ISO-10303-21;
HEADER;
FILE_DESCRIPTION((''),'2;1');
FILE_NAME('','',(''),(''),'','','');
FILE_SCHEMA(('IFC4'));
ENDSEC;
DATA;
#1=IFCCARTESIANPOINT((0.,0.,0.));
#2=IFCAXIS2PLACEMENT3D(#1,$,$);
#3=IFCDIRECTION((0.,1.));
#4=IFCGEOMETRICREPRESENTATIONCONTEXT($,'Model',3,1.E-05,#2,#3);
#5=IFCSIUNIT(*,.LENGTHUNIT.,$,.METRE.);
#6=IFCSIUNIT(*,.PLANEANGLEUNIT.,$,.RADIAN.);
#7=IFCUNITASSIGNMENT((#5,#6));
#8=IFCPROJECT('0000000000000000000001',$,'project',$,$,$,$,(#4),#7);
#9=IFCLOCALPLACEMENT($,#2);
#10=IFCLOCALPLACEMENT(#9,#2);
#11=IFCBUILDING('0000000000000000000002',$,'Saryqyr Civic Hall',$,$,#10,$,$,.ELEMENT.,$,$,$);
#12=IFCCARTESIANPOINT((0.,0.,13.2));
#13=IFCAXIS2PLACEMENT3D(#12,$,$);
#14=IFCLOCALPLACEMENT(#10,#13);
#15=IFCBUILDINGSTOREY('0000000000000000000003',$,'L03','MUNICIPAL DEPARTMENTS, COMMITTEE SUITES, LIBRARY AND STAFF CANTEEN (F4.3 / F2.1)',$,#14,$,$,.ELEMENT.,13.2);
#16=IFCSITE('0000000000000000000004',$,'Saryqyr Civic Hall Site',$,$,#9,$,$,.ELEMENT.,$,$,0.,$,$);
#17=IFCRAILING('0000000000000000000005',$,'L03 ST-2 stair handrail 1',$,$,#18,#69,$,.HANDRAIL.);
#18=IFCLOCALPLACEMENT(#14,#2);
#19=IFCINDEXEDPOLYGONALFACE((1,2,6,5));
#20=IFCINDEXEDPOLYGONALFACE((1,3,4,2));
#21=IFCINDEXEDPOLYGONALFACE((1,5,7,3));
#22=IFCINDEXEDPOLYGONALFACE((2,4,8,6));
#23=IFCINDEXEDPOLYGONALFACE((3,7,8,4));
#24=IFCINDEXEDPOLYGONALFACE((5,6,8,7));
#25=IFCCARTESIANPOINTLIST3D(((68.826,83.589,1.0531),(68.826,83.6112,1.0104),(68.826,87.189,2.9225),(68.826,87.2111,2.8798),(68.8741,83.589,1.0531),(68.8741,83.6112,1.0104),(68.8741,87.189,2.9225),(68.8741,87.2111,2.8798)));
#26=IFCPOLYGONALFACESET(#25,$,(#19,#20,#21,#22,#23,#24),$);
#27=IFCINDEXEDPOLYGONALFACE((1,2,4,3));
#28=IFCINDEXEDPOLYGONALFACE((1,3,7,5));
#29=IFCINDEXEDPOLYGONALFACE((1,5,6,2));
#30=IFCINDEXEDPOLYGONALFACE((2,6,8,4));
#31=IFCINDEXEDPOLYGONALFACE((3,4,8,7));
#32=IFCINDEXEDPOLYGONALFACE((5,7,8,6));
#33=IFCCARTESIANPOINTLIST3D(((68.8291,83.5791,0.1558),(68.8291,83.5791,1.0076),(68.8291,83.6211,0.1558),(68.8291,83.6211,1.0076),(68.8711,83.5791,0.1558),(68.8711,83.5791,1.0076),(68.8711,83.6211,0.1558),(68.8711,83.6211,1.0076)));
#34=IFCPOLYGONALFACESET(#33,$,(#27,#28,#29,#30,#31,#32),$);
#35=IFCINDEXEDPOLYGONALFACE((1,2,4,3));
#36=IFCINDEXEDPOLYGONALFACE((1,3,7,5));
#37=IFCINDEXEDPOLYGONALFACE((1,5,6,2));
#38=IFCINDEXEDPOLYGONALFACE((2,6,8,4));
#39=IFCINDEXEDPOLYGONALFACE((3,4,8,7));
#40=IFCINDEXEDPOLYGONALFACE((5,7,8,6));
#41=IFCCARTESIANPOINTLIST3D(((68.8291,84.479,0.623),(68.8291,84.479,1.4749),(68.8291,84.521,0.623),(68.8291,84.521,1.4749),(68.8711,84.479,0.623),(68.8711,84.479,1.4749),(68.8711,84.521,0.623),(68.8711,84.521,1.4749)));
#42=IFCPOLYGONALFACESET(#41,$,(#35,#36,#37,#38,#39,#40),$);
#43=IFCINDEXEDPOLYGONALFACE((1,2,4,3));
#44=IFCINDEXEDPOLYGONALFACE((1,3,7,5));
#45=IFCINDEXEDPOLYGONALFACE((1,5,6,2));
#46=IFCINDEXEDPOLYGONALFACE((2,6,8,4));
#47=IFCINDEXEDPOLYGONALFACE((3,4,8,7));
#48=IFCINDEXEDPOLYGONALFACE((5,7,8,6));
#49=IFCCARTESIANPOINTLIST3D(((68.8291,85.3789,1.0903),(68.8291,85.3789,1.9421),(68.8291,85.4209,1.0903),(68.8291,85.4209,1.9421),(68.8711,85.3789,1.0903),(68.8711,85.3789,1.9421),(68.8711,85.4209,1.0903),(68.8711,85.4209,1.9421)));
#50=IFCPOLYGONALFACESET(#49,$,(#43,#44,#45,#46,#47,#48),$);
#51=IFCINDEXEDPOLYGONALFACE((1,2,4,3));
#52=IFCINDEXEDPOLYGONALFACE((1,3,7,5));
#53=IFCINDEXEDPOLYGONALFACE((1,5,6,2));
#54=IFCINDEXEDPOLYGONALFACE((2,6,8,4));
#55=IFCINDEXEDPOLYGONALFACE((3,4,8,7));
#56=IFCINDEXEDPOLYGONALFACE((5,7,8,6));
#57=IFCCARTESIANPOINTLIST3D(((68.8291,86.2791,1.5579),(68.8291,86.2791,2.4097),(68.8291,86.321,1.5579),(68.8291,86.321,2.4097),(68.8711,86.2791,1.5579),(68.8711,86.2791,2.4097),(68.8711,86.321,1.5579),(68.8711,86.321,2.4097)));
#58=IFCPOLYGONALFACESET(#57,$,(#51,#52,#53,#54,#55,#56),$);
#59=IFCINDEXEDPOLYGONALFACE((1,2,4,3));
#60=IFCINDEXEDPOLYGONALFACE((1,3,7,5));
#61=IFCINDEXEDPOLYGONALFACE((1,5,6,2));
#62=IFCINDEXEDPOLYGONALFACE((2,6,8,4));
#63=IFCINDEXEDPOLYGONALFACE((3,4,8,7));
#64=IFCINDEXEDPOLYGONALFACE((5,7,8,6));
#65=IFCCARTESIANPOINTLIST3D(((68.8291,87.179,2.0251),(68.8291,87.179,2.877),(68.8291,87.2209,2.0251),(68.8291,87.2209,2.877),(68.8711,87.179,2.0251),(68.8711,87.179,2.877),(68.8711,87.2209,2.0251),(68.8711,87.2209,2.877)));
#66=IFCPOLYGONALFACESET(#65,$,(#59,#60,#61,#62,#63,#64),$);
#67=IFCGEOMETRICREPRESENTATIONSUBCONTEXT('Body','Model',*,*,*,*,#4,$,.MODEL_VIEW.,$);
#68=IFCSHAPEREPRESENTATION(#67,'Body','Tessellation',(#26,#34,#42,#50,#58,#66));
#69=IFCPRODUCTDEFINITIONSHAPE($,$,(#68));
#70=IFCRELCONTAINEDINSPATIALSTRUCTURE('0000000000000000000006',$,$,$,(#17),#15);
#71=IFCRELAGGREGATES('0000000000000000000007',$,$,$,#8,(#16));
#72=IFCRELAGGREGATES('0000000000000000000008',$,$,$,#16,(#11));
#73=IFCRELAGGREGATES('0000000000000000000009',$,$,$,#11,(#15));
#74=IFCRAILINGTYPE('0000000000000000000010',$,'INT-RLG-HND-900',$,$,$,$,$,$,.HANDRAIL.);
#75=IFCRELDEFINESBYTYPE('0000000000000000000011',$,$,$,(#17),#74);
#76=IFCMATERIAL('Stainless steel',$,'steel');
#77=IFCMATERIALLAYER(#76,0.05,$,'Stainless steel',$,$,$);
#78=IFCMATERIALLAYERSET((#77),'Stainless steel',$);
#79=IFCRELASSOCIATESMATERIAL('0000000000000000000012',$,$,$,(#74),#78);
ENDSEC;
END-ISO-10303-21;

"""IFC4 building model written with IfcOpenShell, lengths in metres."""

from ifc_helpers import new_model, si_unit, direction, frame, origin, origin_2d, place, context, subcontext, project, spatial, rectangle, extrude, material, layer, layer_set, type_object, element, save


model = new_model("IFC4")

# Units and contexts
model_context = context("Model", 3, precision=1e-05, world=origin(), true_north=direction((0.0, 1.0)))
body_context = subcontext(model_context, "Body", "Model", "MODEL_VIEW")
ifc_project = project(units=[si_unit("LENGTHUNIT", "METRE"), si_unit("PLANEANGLEUNIT", "RADIAN")], contexts=[model_context])

# Site, building, storey
site_placement = place(None, origin())
site = spatial("IfcSite", under=ifc_project, at=site_placement, Name="Saryqyr Civic Hall Site", CompositionType="ELEMENT", RefElevation=0.0)
building_placement = place(site_placement, origin())
building = spatial("IfcBuilding", under=site, at=building_placement, Name="Saryqyr Civic Hall", CompositionType="ELEMENT")
storey_placement = place(building_placement, frame((0.0, 0.0, 13.2)))
storey = spatial("IfcBuildingStorey", under=building, at=storey_placement, Name="L03", Description="MUNICIPAL DEPARTMENTS, COMMITTEE SUITES, LIBRARY AND STAFF CANTEEN (F4.3 / F2.1)", CompositionType="ELEMENT", Elevation=13.2)

# Railing
ifc_material_1 = material(Name="Stainless steel", Category="steel")
ifc_layer_1 = layer(ifc_material_1, 0.05, Name="Stainless steel")
ifc_layer_set_1 = layer_set([ifc_layer_1], Name="Stainless steel")
railing_type_1 = type_object("IfcRailingType", Name="INT-RLG-HND-900", PredefinedType="HANDRAIL", material=ifc_layer_set_1)
railing_1_placement = place(storey_placement, frame((68.8501, 83.6001, 0.1558)))
element("IfcRailing", 1, at=railing_1_placement, inside=storey, type_object=railing_type_1, Name="L03 ST-2 stair handrail 1", PredefinedType="HANDRAIL", context=body_context, shape_type="SweptSolid", body=[
    extrude(rectangle(XDim=0.0481, YDim=0.0481, at=origin_2d()), frame((0.0, 0.0, 0.876), z_axis=(0.0, 0.887473, 0.46086), x_axis=(-1.0, 0.0, 0.0)), (0.0, 0.0, 1.0), 4.0564),
    extrude(rectangle(XDim=0.042, YDim=0.042, at=origin_2d()), origin(), (0.0, 0.0, 1.0), 0.8518),
    extrude(rectangle(XDim=0.042, YDim=0.042, at=origin_2d()), frame((0.0, 0.8999, 0.4673)), (0.0, 0.0, 1.0), 0.8518),
    extrude(rectangle(XDim=0.042, YDim=0.042, at=origin_2d()), frame((0.0, 1.7998, 0.9346)), (0.0, 0.0, 1.0), 0.8518),
    extrude(rectangle(XDim=0.042, YDim=0.042, at=origin_2d()), frame((0.0, 2.7, 1.4021)), (0.0, 0.0, 1.0), 0.8518),
    extrude(rectangle(XDim=0.042, YDim=0.042, at=origin_2d()), frame((0.0, 3.5999, 1.8694)), (0.0, 0.0, 1.0), 0.8518),
])

save(model, "model.ifc")
